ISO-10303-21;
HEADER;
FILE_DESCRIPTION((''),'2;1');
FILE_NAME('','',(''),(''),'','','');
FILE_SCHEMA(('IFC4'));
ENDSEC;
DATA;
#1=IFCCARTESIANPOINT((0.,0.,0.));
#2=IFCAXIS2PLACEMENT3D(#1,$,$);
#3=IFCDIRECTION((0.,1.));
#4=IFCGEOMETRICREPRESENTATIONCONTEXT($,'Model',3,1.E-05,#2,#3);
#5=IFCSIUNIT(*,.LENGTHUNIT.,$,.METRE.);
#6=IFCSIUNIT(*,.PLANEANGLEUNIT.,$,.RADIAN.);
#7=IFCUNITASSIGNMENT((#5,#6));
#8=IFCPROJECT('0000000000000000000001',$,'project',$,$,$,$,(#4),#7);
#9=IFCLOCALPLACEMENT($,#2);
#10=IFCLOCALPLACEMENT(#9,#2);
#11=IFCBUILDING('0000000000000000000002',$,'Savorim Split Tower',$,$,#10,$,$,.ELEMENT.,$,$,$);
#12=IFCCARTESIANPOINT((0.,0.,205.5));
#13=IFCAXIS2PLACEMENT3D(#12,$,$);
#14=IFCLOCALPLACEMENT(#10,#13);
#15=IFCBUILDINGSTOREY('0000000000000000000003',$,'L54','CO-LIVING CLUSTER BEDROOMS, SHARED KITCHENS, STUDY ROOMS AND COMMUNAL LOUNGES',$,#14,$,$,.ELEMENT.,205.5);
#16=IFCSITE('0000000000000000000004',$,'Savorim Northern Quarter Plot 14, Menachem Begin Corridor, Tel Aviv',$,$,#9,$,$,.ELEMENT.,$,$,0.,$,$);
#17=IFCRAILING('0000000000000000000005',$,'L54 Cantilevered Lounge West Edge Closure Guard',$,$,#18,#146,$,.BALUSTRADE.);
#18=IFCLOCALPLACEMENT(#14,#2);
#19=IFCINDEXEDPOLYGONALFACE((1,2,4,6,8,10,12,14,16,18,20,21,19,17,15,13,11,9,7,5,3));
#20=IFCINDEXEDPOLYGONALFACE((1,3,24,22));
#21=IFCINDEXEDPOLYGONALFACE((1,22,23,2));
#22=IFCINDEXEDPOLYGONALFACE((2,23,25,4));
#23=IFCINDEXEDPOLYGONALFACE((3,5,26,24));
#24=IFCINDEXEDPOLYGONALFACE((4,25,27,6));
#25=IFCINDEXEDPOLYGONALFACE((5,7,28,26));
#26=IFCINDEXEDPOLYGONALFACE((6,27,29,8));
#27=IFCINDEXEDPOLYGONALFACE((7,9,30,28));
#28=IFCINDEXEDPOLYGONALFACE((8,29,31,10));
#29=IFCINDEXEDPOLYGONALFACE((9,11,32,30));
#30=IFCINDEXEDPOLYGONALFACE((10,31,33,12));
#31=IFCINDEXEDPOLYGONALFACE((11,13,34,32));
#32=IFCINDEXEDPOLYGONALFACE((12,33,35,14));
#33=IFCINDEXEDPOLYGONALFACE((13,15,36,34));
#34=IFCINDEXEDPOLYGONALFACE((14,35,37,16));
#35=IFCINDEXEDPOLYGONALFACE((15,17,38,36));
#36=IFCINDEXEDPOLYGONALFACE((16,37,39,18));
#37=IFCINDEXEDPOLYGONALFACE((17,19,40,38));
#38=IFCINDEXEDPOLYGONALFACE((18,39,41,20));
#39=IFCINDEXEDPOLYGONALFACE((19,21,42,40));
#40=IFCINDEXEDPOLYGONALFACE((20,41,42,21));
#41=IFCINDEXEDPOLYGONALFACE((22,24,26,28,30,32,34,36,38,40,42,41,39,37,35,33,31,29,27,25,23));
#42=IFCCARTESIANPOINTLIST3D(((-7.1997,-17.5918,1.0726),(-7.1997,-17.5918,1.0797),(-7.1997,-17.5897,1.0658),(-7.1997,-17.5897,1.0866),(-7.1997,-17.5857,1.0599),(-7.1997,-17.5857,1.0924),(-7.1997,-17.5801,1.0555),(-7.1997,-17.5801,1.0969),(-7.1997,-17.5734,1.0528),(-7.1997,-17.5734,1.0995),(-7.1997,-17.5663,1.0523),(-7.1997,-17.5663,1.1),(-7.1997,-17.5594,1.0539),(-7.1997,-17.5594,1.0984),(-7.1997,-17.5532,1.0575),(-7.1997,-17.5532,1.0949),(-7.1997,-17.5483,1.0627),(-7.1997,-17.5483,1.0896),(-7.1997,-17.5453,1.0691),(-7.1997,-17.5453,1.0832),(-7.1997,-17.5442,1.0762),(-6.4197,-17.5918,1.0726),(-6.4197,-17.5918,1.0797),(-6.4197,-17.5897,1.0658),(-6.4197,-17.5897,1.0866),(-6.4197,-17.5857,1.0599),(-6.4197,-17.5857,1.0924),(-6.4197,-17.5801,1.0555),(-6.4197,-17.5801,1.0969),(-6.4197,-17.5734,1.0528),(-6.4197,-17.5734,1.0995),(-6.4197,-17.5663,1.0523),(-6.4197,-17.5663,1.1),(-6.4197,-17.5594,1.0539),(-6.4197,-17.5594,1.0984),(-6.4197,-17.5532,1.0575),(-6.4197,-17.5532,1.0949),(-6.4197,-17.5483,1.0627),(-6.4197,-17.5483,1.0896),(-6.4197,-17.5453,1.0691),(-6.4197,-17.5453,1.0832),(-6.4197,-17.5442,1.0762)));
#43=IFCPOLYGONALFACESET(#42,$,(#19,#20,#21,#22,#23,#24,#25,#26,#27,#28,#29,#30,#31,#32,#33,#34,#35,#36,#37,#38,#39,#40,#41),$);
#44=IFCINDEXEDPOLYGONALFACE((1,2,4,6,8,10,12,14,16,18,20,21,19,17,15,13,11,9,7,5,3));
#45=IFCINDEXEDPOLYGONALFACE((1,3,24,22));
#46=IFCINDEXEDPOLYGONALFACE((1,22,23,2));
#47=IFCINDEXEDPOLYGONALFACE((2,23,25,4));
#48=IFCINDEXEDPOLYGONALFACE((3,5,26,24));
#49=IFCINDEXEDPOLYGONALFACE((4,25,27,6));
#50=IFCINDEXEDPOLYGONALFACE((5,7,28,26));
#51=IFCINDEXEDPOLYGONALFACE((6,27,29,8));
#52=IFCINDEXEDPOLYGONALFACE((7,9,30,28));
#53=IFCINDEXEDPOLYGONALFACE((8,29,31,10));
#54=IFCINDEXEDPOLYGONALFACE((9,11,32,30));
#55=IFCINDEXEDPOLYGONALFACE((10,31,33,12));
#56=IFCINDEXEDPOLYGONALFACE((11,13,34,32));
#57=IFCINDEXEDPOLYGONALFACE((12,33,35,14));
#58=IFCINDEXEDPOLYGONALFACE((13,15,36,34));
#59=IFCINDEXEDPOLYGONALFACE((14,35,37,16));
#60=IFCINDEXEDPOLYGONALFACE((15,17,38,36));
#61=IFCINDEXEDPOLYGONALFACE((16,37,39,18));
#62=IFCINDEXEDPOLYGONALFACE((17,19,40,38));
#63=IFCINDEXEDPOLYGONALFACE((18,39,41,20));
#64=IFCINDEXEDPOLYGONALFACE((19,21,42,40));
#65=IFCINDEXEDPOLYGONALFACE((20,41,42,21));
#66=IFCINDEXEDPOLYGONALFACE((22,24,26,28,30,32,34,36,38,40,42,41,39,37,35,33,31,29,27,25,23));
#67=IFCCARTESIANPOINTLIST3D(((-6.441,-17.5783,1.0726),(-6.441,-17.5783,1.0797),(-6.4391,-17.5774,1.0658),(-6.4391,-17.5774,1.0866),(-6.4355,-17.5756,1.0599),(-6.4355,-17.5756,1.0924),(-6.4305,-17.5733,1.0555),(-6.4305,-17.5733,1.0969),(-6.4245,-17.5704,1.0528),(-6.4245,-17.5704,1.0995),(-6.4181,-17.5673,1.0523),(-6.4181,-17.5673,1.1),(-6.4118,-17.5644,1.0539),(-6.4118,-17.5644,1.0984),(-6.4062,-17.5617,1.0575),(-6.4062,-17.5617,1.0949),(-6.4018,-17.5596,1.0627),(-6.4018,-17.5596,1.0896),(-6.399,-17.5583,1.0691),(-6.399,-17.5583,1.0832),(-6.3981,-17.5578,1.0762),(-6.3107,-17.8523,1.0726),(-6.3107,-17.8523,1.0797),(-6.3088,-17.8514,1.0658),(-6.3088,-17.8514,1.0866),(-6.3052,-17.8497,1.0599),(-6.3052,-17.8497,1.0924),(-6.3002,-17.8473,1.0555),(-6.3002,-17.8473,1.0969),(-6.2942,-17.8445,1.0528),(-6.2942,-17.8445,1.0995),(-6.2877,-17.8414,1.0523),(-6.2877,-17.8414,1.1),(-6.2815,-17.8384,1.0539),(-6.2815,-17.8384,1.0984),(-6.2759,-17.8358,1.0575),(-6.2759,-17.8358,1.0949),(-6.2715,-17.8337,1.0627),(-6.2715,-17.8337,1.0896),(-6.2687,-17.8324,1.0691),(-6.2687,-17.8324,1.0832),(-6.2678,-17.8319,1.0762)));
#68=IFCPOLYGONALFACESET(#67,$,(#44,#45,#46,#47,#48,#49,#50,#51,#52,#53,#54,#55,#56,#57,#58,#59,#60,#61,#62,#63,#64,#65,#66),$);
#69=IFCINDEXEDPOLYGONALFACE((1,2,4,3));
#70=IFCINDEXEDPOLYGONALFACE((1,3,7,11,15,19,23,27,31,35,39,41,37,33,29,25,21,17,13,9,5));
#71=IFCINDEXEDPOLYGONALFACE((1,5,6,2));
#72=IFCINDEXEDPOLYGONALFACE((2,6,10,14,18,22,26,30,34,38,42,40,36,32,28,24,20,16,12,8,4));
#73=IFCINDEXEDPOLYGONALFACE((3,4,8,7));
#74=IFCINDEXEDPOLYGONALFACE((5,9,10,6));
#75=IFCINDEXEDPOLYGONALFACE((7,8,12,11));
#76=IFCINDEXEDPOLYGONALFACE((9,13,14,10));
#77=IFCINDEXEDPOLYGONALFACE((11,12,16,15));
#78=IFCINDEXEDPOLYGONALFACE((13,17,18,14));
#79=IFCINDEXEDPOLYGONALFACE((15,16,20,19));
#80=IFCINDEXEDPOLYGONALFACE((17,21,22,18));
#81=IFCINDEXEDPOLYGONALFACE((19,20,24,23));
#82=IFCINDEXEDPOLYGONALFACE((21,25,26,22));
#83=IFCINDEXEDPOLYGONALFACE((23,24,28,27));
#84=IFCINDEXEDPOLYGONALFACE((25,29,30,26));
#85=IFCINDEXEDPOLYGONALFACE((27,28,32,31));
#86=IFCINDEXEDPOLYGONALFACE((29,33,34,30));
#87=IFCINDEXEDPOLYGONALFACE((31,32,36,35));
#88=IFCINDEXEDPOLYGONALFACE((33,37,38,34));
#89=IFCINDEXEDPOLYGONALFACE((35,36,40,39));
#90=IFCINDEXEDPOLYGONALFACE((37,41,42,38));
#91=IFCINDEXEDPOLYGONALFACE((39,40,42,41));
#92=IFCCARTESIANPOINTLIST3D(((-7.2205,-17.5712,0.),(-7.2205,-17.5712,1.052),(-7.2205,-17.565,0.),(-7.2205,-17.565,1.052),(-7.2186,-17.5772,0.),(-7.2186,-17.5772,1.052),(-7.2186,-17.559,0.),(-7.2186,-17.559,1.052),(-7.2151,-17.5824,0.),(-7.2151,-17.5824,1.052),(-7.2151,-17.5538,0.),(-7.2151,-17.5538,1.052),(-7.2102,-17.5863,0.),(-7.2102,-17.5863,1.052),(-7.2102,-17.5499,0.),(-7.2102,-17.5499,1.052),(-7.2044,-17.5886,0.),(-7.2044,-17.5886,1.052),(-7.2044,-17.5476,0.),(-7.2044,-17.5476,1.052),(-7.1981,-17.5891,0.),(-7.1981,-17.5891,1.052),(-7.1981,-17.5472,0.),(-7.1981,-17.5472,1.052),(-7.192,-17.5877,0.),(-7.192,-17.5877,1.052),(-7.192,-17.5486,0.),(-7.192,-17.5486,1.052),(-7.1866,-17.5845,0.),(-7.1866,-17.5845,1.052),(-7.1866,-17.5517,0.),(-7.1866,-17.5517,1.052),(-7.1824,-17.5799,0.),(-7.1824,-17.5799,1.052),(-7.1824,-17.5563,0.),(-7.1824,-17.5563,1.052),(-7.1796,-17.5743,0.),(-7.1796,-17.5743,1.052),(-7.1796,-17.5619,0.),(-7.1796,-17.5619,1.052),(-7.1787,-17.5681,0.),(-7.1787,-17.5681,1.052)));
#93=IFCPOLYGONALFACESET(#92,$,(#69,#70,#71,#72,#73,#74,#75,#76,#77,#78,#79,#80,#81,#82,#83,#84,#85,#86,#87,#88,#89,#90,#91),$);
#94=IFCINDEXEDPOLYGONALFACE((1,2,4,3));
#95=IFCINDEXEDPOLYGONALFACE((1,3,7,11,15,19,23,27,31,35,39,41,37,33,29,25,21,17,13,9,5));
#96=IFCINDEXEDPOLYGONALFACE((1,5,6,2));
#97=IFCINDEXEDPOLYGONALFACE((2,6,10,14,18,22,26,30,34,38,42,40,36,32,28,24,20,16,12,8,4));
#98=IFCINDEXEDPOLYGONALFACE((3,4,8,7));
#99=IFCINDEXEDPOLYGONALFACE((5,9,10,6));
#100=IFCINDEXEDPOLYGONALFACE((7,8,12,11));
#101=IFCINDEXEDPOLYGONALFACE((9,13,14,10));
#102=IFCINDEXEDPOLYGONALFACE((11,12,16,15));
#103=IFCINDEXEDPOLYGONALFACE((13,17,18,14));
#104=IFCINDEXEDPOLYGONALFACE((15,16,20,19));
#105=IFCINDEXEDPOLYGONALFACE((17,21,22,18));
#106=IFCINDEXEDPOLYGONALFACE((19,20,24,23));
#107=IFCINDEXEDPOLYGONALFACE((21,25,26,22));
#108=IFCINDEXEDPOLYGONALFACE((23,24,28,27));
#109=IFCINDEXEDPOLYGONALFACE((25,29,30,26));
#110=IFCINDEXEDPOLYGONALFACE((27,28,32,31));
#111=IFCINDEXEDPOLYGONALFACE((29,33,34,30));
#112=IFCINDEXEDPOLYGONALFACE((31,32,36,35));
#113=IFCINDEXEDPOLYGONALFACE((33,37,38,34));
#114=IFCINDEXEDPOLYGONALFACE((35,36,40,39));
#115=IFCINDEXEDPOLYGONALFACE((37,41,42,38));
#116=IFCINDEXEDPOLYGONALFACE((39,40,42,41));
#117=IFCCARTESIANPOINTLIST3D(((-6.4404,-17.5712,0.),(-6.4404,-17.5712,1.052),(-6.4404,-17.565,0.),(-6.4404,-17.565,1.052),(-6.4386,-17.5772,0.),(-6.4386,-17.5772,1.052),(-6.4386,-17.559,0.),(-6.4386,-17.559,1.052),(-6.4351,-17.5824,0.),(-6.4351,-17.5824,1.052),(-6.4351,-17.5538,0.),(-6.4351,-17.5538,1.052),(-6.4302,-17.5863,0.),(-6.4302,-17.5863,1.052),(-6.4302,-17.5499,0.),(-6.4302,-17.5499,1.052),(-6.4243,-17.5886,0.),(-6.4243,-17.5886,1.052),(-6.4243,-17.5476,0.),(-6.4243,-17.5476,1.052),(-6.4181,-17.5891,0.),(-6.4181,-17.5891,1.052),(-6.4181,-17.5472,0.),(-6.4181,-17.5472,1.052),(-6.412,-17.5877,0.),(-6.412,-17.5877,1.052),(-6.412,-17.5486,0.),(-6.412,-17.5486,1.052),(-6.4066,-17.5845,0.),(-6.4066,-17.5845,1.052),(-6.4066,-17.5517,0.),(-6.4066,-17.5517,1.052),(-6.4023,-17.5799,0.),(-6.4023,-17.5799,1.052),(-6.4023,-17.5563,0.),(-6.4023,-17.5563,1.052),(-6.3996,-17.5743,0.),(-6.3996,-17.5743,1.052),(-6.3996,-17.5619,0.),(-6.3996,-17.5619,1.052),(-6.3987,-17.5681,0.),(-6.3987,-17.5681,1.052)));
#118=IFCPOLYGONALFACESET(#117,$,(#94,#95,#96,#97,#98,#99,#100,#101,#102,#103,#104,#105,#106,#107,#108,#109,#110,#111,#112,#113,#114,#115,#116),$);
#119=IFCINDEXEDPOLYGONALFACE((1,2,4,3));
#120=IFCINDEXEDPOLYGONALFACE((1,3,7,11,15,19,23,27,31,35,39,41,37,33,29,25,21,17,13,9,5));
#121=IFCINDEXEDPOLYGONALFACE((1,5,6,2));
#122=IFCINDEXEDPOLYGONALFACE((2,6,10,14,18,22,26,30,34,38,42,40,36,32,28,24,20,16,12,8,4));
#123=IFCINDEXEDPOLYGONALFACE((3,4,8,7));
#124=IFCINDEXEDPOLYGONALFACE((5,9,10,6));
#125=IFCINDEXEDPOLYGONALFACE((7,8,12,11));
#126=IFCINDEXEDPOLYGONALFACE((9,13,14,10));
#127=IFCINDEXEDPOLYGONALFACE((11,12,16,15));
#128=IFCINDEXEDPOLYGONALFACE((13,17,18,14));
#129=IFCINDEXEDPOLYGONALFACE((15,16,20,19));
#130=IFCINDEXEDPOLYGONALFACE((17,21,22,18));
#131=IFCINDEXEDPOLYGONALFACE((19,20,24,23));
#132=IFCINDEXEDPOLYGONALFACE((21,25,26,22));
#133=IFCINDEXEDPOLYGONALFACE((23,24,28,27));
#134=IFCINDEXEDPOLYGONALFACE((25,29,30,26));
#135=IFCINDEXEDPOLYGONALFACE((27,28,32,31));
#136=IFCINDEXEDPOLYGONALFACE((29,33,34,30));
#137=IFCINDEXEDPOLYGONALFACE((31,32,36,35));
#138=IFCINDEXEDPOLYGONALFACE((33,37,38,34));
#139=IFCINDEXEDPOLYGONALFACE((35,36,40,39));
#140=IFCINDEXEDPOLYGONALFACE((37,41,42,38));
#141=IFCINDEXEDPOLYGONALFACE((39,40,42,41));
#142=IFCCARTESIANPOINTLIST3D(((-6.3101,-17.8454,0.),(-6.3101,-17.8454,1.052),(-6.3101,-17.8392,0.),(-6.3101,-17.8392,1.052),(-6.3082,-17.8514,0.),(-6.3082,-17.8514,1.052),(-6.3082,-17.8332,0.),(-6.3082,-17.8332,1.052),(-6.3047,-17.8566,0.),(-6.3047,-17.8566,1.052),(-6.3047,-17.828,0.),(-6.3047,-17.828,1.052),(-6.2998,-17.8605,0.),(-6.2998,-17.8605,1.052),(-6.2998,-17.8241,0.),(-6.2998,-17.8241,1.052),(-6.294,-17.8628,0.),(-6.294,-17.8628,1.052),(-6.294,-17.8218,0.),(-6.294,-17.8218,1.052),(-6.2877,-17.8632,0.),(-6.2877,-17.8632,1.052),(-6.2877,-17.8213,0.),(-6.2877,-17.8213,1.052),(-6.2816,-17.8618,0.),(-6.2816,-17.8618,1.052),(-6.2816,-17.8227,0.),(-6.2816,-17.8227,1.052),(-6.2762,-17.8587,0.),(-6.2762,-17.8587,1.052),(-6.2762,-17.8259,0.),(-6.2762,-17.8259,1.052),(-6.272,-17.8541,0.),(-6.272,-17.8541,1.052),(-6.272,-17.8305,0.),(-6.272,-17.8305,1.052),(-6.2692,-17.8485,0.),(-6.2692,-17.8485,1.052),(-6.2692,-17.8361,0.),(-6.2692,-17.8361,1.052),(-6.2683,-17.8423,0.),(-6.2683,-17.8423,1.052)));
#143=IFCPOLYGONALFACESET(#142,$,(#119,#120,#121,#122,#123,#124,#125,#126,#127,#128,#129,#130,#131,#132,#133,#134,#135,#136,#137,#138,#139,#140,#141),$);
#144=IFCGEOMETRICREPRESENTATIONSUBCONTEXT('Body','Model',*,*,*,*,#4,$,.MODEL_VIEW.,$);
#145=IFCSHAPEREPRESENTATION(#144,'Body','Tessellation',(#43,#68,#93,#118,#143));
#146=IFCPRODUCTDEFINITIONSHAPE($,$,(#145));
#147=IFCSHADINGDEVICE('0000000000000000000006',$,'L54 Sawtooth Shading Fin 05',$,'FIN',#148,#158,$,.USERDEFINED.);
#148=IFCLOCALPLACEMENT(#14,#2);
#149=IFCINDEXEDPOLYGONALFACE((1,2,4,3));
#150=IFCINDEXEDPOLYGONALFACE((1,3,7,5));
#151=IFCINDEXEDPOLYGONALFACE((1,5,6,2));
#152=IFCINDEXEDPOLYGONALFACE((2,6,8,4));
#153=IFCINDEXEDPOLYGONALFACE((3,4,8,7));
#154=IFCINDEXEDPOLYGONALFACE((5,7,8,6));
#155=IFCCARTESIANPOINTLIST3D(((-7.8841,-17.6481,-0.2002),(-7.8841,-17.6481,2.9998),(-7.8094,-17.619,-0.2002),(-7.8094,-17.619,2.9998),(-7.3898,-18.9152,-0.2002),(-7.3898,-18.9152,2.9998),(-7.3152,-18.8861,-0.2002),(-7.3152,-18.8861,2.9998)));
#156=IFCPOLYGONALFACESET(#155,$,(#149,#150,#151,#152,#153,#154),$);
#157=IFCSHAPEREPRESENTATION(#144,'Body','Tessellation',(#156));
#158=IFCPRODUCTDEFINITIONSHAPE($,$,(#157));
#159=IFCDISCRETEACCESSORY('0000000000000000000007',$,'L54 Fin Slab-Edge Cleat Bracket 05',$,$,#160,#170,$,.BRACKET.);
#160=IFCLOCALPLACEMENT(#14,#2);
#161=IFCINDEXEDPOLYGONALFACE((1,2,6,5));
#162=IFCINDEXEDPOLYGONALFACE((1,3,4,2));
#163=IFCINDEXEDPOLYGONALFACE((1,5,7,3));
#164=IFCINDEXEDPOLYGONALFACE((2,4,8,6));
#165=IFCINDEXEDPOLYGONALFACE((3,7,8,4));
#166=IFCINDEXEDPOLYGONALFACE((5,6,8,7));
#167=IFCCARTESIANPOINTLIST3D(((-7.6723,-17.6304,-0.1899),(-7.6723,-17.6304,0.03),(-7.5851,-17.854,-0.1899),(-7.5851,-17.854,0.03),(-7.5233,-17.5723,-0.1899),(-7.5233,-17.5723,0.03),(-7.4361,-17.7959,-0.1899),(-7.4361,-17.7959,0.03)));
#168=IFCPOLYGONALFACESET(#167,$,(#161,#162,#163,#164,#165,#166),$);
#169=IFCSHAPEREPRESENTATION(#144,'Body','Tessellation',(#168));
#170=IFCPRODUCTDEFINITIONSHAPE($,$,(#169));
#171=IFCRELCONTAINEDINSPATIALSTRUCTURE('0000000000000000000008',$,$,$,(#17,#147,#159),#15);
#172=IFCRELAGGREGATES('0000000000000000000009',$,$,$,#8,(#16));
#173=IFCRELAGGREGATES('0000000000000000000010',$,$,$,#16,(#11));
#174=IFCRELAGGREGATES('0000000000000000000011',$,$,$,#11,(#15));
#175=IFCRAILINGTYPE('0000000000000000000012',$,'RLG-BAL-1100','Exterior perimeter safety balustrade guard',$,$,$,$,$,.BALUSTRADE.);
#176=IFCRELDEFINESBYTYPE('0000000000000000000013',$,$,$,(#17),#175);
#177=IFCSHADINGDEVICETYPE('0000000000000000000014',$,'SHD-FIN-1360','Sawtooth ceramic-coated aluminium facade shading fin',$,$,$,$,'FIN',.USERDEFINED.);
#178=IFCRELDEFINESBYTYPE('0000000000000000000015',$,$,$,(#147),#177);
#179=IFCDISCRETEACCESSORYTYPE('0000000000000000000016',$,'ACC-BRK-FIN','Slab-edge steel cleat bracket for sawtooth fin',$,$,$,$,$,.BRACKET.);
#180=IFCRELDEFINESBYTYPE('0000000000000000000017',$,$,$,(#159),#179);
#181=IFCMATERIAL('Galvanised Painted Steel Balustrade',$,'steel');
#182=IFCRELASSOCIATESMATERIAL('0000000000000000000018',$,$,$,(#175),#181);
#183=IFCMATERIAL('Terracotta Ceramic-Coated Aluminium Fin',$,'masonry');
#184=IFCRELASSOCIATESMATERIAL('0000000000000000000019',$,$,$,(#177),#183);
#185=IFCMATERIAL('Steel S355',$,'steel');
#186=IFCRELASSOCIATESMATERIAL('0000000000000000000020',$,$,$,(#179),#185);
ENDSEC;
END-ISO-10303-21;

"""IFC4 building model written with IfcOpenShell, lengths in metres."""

from ifc_helpers import new_model, si_unit, direction, frame, origin, origin_2d, place, context, subcontext, project, spatial, rectangle, circle, extrude, material, type_object, element, save


model = new_model("IFC4")

# Units and contexts
model_context = context("Model", 3, precision=1e-05, world=origin(), true_north=direction((0.0, 1.0)))
body_context = subcontext(model_context, "Body", "Model", "MODEL_VIEW")
ifc_project = project(units=[si_unit("LENGTHUNIT", "METRE"), si_unit("PLANEANGLEUNIT", "RADIAN")], contexts=[model_context])

# Site, building, storey
site_placement = place(None, origin())
site = spatial("IfcSite", under=ifc_project, at=site_placement, Name="Savorim Northern Quarter Plot 14, Menachem Begin Corridor, Tel Aviv", CompositionType="ELEMENT", RefElevation=0.0)
building_placement = place(site_placement, origin())
building = spatial("IfcBuilding", under=site, at=building_placement, Name="Savorim Split Tower", CompositionType="ELEMENT")
storey_placement = place(building_placement, frame((0.0, 0.0, 205.5)))
storey = spatial("IfcBuildingStorey", under=building, at=storey_placement, Name="L54", Description="CO-LIVING CLUSTER BEDROOMS, SHARED KITCHENS, STUDY ROOMS AND COMMUNAL LOUNGES", CompositionType="ELEMENT", Elevation=205.5)

# Shared definitions
ifc_material_1 = material(Name="Steel S355", Category="steel")

# Railing
ifc_material_2 = material(Name="Galvanised Painted Steel Balustrade", Category="steel")
railing_type = type_object("IfcRailingType", Name="RLG-BAL-1100", Description="Exterior perimeter safety balustrade guard", PredefinedType="BALUSTRADE", material=ifc_material_2)
railing_placement = place(storey_placement, frame((-7.1997, -17.5681, 0.0)))
element("IfcRailing", 1, at=railing_placement, inside=storey, type_object=railing_type, Name="L54 Cantilevered Lounge West Edge Closure Guard", PredefinedType="BALUSTRADE", context=body_context, shape_type="SweptSolid", body=[
    extrude(circle(Radius=0.0239, at=origin_2d()), frame((0.0, 0.0, 1.0762), z_axis=(1.0, 0.0, 0.0), x_axis=(0.0, 1.0, 0.0)), (0.0, 0.0, 1.0), 0.78),
    extrude(circle(Radius=0.0239, at=origin_2d()), frame((0.78, 0.0, 1.0762), z_axis=(0.429434, -0.903098, 0.0), x_axis=(0.903098, 0.429434, 0.0)), (0.0, 0.0, 1.0), 0.3035),
    extrude(circle(Radius=0.021, at=origin_2d()), origin(), (0.0, 0.0, 1.0), 1.052),
    extrude(circle(Radius=0.021, at=origin_2d()), frame((0.78, 0.0, 0.0)), (0.0, 0.0, 1.0), 1.052),
    extrude(circle(Radius=0.021, at=origin_2d()), frame((0.9104, -0.2742, 0.0)), (0.0, 0.0, 1.0), 1.052),
])

# Shading device
ifc_material_3 = material(Name="Terracotta Ceramic-Coated Aluminium Fin", Category="masonry")
shading_device_type = type_object("IfcShadingDeviceType", Name="SHD-FIN-1360", Description="Sawtooth ceramic-coated aluminium facade shading fin", ElementType="FIN", PredefinedType="USERDEFINED", material=ifc_material_3)
shading_device_placement = place(storey_placement, frame((-7.5996, -18.2671, -0.2002), z_axis=(0.0, 0.0, 1.0), x_axis=(0.363415, -0.931627, 0.0)))
element("IfcShadingDevice", 2, at=shading_device_placement, inside=storey, type_object=shading_device_type, Name="L54 Sawtooth Shading Fin 05", ObjectType="FIN", PredefinedType="USERDEFINED", context=body_context, shape_type="SweptSolid", body=[
    extrude(rectangle(XDim=1.3601, YDim=0.0801, at=origin_2d()), origin(), (0.0, 0.0, 1.0), 3.2),
])

# Discrete accessory
discrete_accessory_type = type_object("IfcDiscreteAccessoryType", Name="ACC-BRK-FIN", Description="Slab-edge steel cleat bracket for sawtooth fin", PredefinedType="BRACKET", material=ifc_material_1)
discrete_accessory_placement = place(storey_placement, frame((-7.5542, -17.7131, -0.1899), z_axis=(0.0, 0.0, 1.0), x_axis=(0.363415, -0.931627, 0.0)))
element("IfcDiscreteAccessory", 3, at=discrete_accessory_placement, inside=storey, type_object=discrete_accessory_type, Name="L54 Fin Slab-Edge Cleat Bracket 05", PredefinedType="BRACKET", context=body_context, shape_type="SweptSolid", body=[
    extrude(rectangle(XDim=0.24, YDim=0.1599, at=origin_2d()), origin(), (0.0, 0.0, 1.0), 0.22),
])

save(model, "model.ifc")
